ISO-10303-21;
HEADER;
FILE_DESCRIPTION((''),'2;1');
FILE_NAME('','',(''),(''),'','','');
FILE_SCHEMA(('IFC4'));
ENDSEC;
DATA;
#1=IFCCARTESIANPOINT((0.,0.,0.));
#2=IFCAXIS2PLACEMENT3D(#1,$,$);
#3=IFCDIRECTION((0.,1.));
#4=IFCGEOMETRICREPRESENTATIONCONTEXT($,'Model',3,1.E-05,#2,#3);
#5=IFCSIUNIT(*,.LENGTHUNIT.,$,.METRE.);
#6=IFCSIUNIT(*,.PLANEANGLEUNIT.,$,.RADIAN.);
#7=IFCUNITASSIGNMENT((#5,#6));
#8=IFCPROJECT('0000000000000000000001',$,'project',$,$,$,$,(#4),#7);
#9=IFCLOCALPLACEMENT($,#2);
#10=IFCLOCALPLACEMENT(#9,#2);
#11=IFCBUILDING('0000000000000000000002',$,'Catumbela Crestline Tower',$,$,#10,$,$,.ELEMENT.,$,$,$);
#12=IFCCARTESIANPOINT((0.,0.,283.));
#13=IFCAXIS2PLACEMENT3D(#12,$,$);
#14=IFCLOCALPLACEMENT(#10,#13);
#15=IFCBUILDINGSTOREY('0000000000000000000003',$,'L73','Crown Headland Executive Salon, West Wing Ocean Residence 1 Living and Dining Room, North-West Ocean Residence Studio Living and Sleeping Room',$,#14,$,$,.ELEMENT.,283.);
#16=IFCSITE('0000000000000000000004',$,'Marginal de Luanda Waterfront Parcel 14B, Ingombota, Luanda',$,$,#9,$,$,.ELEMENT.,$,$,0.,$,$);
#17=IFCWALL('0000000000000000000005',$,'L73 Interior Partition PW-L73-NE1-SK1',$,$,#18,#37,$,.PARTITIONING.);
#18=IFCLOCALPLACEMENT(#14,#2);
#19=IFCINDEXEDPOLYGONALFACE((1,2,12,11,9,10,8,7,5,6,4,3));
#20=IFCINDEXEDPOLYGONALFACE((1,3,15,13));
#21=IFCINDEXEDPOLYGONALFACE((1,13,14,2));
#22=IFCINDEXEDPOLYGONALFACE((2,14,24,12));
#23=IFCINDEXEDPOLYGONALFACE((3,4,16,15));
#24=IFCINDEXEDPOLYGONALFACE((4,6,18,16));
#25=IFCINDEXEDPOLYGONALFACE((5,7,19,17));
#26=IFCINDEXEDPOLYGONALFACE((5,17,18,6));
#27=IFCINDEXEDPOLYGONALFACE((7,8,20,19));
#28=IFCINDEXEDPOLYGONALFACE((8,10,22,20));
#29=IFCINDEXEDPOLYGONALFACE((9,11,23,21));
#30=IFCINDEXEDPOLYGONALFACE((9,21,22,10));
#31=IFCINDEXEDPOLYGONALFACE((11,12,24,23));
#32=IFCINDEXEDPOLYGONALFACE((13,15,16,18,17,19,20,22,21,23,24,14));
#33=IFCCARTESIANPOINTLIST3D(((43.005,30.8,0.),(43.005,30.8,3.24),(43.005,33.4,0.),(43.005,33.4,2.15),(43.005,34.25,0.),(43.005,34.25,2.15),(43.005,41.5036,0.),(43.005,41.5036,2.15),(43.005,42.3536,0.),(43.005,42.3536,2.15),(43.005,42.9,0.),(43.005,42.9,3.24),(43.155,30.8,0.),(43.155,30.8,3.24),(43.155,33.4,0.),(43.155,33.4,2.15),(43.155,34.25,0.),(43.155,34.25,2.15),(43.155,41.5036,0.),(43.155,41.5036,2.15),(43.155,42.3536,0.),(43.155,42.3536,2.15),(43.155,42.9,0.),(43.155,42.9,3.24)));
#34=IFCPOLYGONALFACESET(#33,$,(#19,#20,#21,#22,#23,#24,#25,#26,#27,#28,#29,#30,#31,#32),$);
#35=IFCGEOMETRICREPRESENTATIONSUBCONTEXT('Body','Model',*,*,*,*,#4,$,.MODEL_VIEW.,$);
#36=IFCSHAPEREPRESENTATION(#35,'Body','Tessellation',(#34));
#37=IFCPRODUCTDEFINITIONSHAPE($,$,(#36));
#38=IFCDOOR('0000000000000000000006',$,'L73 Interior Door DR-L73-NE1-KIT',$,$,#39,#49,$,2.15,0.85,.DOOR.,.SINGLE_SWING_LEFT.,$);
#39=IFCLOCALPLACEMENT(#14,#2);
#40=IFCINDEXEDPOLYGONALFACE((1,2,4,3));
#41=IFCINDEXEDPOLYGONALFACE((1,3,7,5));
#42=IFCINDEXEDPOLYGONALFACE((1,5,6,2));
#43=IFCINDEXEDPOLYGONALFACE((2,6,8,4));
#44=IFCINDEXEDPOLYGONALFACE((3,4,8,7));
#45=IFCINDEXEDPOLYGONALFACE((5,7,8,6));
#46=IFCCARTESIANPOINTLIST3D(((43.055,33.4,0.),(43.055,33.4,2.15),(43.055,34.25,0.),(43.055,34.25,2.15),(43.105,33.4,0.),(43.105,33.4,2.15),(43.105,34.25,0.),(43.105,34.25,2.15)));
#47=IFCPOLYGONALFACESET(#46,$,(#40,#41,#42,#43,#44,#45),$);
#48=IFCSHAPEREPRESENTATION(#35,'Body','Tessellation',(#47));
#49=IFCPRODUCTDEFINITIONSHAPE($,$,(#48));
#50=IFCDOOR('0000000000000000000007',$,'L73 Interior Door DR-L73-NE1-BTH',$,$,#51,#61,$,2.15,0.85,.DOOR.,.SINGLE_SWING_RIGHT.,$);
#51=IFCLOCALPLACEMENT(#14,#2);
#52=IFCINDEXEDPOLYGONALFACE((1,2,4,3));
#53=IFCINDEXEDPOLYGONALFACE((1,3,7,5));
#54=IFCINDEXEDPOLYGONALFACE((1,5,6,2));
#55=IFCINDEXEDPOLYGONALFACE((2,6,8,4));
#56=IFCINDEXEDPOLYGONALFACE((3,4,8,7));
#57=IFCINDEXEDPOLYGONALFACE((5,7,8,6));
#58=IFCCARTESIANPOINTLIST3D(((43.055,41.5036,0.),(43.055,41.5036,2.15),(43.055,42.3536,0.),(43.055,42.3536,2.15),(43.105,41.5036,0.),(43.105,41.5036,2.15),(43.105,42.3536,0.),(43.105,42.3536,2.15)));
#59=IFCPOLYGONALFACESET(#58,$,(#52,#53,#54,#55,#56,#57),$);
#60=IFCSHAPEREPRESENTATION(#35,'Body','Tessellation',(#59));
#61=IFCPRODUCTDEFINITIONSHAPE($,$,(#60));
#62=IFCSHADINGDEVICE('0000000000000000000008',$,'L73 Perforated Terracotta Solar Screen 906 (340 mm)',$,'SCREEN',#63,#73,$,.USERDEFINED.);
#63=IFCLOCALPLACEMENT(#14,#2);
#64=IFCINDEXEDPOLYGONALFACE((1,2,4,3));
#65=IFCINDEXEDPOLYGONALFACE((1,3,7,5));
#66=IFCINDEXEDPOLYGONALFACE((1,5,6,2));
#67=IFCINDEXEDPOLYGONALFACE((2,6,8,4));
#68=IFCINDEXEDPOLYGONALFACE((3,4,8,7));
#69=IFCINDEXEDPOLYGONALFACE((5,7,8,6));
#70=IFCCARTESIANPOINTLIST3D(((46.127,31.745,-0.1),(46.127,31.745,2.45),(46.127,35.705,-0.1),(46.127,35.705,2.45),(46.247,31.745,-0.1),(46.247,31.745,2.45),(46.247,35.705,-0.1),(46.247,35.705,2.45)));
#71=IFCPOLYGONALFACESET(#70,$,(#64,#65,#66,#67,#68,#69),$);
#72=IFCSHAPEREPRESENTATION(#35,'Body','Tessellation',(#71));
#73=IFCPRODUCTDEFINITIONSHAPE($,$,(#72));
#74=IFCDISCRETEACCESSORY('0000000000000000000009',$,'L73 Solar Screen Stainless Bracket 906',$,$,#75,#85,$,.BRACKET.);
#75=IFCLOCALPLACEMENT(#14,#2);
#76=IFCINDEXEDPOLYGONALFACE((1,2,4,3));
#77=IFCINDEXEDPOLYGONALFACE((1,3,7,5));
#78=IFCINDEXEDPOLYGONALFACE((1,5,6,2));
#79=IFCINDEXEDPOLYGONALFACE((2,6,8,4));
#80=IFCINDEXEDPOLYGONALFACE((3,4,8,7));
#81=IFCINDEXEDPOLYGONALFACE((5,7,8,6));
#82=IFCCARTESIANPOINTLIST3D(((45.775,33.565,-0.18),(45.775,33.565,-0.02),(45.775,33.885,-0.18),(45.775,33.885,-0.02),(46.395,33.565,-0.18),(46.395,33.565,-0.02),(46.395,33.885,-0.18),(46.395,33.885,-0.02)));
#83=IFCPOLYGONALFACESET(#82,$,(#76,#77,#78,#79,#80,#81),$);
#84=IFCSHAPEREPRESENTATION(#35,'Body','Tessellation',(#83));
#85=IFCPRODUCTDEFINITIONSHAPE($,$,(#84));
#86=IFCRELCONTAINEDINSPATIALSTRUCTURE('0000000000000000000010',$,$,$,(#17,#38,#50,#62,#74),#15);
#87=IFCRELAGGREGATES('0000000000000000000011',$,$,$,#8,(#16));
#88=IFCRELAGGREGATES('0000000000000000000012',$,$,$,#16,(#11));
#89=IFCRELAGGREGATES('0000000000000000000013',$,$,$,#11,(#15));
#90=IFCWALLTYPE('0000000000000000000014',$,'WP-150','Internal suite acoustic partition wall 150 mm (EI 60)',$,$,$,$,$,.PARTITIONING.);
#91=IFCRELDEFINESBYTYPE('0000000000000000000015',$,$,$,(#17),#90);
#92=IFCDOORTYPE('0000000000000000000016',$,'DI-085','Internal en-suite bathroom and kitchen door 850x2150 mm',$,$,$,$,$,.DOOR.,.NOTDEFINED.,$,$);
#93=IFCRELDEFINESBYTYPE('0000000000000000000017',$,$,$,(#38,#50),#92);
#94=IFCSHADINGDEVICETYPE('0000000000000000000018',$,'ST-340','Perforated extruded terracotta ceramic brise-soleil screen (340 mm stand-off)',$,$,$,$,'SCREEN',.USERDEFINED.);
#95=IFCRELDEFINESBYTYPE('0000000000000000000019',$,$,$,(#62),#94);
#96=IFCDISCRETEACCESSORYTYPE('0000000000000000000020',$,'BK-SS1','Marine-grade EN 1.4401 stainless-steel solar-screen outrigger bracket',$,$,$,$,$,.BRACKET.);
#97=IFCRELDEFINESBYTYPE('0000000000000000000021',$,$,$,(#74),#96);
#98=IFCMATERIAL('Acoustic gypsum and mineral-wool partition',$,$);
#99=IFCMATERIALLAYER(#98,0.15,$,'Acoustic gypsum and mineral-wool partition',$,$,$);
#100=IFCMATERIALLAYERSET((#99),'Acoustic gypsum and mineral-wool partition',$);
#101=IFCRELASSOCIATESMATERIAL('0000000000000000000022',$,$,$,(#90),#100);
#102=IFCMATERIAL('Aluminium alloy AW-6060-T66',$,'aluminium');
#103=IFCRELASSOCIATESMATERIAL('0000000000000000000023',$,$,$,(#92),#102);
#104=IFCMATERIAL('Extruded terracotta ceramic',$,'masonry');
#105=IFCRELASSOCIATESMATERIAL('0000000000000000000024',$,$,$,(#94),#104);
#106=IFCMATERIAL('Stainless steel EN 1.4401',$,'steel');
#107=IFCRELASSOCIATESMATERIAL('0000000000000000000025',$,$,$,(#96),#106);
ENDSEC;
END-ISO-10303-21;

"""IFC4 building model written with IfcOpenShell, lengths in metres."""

from ifc_helpers import new_model, si_unit, direction, frame, frame_2d, origin, origin_2d, place, context, subcontext, project, spatial, rectangle, extrude, material, layer, layer_set, type_object, element, fill, save


model = new_model("IFC4")

# Units and contexts
model_context = context("Model", 3, precision=1e-05, world=origin(), true_north=direction((0.0, 1.0)))
body_context = subcontext(model_context, "Body", "Model", "MODEL_VIEW")
ifc_project = project(units=[si_unit("LENGTHUNIT", "METRE"), si_unit("PLANEANGLEUNIT", "RADIAN")], contexts=[model_context])

# Site, building, storey
site_placement = place(None, origin())
site = spatial("IfcSite", under=ifc_project, at=site_placement, Name="Marginal de Luanda Waterfront Parcel 14B, Ingombota, Luanda", CompositionType="ELEMENT", RefElevation=0.0)
building_placement = place(site_placement, origin())
building = spatial("IfcBuilding", under=site, at=building_placement, Name="Catumbela Crestline Tower", CompositionType="ELEMENT")
storey_placement = place(building_placement, frame((0.0, 0.0, 283.0)))
storey = spatial("IfcBuildingStorey", under=building, at=storey_placement, Name="L73", Description="Crown Headland Executive Salon, West Wing Ocean Residence 1 Living and Dining Room, North-West Ocean Residence Studio Living and Sleeping Room", CompositionType="ELEMENT", Elevation=283.0)

# Shared definitions
ifc_material_1 = material(Name="Aluminium alloy AW-6060-T66", Category="aluminium")

# Shared definitions
ifc_material_2 = material(Name="Acoustic gypsum and mineral-wool partition")

# Shared definitions
ifc_layer_1 = layer(ifc_material_2, 0.15, Name="Acoustic gypsum and mineral-wool partition")
ifc_layer_set_1 = layer_set([ifc_layer_1], Name="Acoustic gypsum and mineral-wool partition")
wall_type_1 = type_object("IfcWallType", Name="WP-150", Description="Internal suite acoustic partition wall 150 mm (EI 60)", PredefinedType="PARTITIONING", material=ifc_layer_set_1)

# Wall, openings, doors
wall_1_placement = place(storey_placement, frame((43.08, 30.8, 0.0), z_axis=(0.0, 0.0, 1.0), x_axis=(0.0, 1.0, 0.0)))
wall_1 = element("IfcWall", 1, at=wall_1_placement, inside=storey, type_object=wall_type_1, Name="L73 Interior Partition PW-L73-NE1-SK1", PredefinedType="PARTITIONING", context=body_context, shape_type="SweptSolid", body=[
    extrude(rectangle(XDim=12.1, YDim=0.15, at=frame_2d((6.05, 0.0))), origin(), (0.0, 0.0, 1.0), 3.24),
])
opening_1_placement = place(wall_1_placement, frame((2.6, 0.0, 0.0)))
opening_1 = element("IfcOpeningElement", 2, at=opening_1_placement, cuts=wall_1, PredefinedType="OPENING", context=body_context, shape_type="SweptSolid", body=[
    extrude(rectangle(XDim=0.85, YDim=2.15, at=frame_2d((0.425, 1.075))), frame((0.0, 0.085, 0.0), z_axis=(0.0, -1.0, 0.0), x_axis=(1.0, 0.0, 0.0)), (0.0, 0.0, 1.0), 0.17),
])
opening_2_placement = place(wall_1_placement, frame((10.7036, 0.0, 0.0)))
opening_2 = element("IfcOpeningElement", 3, at=opening_2_placement, cuts=wall_1, PredefinedType="OPENING", context=body_context, shape_type="SweptSolid", body=[
    extrude(rectangle(XDim=0.85, YDim=2.15, at=frame_2d((0.425, 1.075))), frame((0.0, 0.085, 0.0), z_axis=(0.0, -1.0, 0.0), x_axis=(1.0, 0.0, 0.0)), (0.0, 0.0, 1.0), 0.17),
])
door_type_1 = type_object("IfcDoorType", Name="DI-085", Description="Internal en-suite bathroom and kitchen door 850x2150 mm", OperationType="NOTDEFINED", PredefinedType="DOOR", material=ifc_material_1)
door_1_placement = place(opening_1_placement, origin())
door_1 = element("IfcDoor", 4, at=door_1_placement, inside=storey, type_object=door_type_1, Name="L73 Interior Door DR-L73-NE1-KIT", OperationType="SINGLE_SWING_LEFT", OverallHeight=2.15, OverallWidth=0.85, PredefinedType="DOOR", context=body_context, shape_type="SweptSolid", body=[
    extrude(rectangle(XDim=0.85, YDim=2.15, at=frame_2d((0.425, 1.075))), frame((0.0, 0.025, 0.0), z_axis=(0.0, -1.0, 0.0), x_axis=(1.0, 0.0, 0.0)), (0.0, 0.0, 1.0), 0.05),
])
fill(opening_1, door_1)
door_2_placement = place(opening_2_placement, origin())
door_2 = element("IfcDoor", 5, at=door_2_placement, inside=storey, type_object=door_type_1, Name="L73 Interior Door DR-L73-NE1-BTH", OperationType="SINGLE_SWING_RIGHT", OverallHeight=2.15, OverallWidth=0.85, PredefinedType="DOOR", context=body_context, shape_type="SweptSolid", body=[
    extrude(rectangle(XDim=0.85, YDim=2.15, at=frame_2d((0.425, 1.075))), frame((0.0, 0.025, 0.0), z_axis=(0.0, -1.0, 0.0), x_axis=(1.0, 0.0, 0.0)), (0.0, 0.0, 1.0), 0.05),
])
fill(opening_2, door_2)

# Shading device
ifc_material_3 = material(Name="Extruded terracotta ceramic", Category="masonry")
shading_device_type = type_object("IfcShadingDeviceType", Name="ST-340", Description="Perforated extruded terracotta ceramic brise-soleil screen (340 mm stand-off)", ElementType="SCREEN", PredefinedType="USERDEFINED", material=ifc_material_3)
shading_device_placement = place(storey_placement, frame((46.187, 33.725, -0.1), z_axis=(0.0, 0.0, 1.0), x_axis=(0.0, 1.0, 0.0)))
element("IfcShadingDevice", 6, at=shading_device_placement, inside=storey, type_object=shading_device_type, Name="L73 Perforated Terracotta Solar Screen 906 (340 mm)", ObjectType="SCREEN", PredefinedType="USERDEFINED", context=body_context, shape_type="SweptSolid", body=[
    extrude(rectangle(XDim=3.96, YDim=0.12, at=origin_2d()), origin(), (0.0, 0.0, 1.0), 2.55),
])

# Discrete accessory
ifc_material_4 = material(Name="Stainless steel EN 1.4401", Category="steel")
discrete_accessory_type = type_object("IfcDiscreteAccessoryType", Name="BK-SS1", Description="Marine-grade EN 1.4401 stainless-steel solar-screen outrigger bracket", PredefinedType="BRACKET", material=ifc_material_4)
discrete_accessory_placement = place(storey_placement, frame((46.085, 33.725, -0.18), z_axis=(0.0, 0.0, 1.0), x_axis=(0.0, 1.0, 0.0)))
element("IfcDiscreteAccessory", 7, at=discrete_accessory_placement, inside=storey, type_object=discrete_accessory_type, Name="L73 Solar Screen Stainless Bracket 906", PredefinedType="BRACKET", context=body_context, shape_type="SweptSolid", body=[
    extrude(rectangle(XDim=0.32, YDim=0.62, at=origin_2d()), origin(), (0.0, 0.0, 1.0), 0.16),
])

save(model, "model.ifc")
